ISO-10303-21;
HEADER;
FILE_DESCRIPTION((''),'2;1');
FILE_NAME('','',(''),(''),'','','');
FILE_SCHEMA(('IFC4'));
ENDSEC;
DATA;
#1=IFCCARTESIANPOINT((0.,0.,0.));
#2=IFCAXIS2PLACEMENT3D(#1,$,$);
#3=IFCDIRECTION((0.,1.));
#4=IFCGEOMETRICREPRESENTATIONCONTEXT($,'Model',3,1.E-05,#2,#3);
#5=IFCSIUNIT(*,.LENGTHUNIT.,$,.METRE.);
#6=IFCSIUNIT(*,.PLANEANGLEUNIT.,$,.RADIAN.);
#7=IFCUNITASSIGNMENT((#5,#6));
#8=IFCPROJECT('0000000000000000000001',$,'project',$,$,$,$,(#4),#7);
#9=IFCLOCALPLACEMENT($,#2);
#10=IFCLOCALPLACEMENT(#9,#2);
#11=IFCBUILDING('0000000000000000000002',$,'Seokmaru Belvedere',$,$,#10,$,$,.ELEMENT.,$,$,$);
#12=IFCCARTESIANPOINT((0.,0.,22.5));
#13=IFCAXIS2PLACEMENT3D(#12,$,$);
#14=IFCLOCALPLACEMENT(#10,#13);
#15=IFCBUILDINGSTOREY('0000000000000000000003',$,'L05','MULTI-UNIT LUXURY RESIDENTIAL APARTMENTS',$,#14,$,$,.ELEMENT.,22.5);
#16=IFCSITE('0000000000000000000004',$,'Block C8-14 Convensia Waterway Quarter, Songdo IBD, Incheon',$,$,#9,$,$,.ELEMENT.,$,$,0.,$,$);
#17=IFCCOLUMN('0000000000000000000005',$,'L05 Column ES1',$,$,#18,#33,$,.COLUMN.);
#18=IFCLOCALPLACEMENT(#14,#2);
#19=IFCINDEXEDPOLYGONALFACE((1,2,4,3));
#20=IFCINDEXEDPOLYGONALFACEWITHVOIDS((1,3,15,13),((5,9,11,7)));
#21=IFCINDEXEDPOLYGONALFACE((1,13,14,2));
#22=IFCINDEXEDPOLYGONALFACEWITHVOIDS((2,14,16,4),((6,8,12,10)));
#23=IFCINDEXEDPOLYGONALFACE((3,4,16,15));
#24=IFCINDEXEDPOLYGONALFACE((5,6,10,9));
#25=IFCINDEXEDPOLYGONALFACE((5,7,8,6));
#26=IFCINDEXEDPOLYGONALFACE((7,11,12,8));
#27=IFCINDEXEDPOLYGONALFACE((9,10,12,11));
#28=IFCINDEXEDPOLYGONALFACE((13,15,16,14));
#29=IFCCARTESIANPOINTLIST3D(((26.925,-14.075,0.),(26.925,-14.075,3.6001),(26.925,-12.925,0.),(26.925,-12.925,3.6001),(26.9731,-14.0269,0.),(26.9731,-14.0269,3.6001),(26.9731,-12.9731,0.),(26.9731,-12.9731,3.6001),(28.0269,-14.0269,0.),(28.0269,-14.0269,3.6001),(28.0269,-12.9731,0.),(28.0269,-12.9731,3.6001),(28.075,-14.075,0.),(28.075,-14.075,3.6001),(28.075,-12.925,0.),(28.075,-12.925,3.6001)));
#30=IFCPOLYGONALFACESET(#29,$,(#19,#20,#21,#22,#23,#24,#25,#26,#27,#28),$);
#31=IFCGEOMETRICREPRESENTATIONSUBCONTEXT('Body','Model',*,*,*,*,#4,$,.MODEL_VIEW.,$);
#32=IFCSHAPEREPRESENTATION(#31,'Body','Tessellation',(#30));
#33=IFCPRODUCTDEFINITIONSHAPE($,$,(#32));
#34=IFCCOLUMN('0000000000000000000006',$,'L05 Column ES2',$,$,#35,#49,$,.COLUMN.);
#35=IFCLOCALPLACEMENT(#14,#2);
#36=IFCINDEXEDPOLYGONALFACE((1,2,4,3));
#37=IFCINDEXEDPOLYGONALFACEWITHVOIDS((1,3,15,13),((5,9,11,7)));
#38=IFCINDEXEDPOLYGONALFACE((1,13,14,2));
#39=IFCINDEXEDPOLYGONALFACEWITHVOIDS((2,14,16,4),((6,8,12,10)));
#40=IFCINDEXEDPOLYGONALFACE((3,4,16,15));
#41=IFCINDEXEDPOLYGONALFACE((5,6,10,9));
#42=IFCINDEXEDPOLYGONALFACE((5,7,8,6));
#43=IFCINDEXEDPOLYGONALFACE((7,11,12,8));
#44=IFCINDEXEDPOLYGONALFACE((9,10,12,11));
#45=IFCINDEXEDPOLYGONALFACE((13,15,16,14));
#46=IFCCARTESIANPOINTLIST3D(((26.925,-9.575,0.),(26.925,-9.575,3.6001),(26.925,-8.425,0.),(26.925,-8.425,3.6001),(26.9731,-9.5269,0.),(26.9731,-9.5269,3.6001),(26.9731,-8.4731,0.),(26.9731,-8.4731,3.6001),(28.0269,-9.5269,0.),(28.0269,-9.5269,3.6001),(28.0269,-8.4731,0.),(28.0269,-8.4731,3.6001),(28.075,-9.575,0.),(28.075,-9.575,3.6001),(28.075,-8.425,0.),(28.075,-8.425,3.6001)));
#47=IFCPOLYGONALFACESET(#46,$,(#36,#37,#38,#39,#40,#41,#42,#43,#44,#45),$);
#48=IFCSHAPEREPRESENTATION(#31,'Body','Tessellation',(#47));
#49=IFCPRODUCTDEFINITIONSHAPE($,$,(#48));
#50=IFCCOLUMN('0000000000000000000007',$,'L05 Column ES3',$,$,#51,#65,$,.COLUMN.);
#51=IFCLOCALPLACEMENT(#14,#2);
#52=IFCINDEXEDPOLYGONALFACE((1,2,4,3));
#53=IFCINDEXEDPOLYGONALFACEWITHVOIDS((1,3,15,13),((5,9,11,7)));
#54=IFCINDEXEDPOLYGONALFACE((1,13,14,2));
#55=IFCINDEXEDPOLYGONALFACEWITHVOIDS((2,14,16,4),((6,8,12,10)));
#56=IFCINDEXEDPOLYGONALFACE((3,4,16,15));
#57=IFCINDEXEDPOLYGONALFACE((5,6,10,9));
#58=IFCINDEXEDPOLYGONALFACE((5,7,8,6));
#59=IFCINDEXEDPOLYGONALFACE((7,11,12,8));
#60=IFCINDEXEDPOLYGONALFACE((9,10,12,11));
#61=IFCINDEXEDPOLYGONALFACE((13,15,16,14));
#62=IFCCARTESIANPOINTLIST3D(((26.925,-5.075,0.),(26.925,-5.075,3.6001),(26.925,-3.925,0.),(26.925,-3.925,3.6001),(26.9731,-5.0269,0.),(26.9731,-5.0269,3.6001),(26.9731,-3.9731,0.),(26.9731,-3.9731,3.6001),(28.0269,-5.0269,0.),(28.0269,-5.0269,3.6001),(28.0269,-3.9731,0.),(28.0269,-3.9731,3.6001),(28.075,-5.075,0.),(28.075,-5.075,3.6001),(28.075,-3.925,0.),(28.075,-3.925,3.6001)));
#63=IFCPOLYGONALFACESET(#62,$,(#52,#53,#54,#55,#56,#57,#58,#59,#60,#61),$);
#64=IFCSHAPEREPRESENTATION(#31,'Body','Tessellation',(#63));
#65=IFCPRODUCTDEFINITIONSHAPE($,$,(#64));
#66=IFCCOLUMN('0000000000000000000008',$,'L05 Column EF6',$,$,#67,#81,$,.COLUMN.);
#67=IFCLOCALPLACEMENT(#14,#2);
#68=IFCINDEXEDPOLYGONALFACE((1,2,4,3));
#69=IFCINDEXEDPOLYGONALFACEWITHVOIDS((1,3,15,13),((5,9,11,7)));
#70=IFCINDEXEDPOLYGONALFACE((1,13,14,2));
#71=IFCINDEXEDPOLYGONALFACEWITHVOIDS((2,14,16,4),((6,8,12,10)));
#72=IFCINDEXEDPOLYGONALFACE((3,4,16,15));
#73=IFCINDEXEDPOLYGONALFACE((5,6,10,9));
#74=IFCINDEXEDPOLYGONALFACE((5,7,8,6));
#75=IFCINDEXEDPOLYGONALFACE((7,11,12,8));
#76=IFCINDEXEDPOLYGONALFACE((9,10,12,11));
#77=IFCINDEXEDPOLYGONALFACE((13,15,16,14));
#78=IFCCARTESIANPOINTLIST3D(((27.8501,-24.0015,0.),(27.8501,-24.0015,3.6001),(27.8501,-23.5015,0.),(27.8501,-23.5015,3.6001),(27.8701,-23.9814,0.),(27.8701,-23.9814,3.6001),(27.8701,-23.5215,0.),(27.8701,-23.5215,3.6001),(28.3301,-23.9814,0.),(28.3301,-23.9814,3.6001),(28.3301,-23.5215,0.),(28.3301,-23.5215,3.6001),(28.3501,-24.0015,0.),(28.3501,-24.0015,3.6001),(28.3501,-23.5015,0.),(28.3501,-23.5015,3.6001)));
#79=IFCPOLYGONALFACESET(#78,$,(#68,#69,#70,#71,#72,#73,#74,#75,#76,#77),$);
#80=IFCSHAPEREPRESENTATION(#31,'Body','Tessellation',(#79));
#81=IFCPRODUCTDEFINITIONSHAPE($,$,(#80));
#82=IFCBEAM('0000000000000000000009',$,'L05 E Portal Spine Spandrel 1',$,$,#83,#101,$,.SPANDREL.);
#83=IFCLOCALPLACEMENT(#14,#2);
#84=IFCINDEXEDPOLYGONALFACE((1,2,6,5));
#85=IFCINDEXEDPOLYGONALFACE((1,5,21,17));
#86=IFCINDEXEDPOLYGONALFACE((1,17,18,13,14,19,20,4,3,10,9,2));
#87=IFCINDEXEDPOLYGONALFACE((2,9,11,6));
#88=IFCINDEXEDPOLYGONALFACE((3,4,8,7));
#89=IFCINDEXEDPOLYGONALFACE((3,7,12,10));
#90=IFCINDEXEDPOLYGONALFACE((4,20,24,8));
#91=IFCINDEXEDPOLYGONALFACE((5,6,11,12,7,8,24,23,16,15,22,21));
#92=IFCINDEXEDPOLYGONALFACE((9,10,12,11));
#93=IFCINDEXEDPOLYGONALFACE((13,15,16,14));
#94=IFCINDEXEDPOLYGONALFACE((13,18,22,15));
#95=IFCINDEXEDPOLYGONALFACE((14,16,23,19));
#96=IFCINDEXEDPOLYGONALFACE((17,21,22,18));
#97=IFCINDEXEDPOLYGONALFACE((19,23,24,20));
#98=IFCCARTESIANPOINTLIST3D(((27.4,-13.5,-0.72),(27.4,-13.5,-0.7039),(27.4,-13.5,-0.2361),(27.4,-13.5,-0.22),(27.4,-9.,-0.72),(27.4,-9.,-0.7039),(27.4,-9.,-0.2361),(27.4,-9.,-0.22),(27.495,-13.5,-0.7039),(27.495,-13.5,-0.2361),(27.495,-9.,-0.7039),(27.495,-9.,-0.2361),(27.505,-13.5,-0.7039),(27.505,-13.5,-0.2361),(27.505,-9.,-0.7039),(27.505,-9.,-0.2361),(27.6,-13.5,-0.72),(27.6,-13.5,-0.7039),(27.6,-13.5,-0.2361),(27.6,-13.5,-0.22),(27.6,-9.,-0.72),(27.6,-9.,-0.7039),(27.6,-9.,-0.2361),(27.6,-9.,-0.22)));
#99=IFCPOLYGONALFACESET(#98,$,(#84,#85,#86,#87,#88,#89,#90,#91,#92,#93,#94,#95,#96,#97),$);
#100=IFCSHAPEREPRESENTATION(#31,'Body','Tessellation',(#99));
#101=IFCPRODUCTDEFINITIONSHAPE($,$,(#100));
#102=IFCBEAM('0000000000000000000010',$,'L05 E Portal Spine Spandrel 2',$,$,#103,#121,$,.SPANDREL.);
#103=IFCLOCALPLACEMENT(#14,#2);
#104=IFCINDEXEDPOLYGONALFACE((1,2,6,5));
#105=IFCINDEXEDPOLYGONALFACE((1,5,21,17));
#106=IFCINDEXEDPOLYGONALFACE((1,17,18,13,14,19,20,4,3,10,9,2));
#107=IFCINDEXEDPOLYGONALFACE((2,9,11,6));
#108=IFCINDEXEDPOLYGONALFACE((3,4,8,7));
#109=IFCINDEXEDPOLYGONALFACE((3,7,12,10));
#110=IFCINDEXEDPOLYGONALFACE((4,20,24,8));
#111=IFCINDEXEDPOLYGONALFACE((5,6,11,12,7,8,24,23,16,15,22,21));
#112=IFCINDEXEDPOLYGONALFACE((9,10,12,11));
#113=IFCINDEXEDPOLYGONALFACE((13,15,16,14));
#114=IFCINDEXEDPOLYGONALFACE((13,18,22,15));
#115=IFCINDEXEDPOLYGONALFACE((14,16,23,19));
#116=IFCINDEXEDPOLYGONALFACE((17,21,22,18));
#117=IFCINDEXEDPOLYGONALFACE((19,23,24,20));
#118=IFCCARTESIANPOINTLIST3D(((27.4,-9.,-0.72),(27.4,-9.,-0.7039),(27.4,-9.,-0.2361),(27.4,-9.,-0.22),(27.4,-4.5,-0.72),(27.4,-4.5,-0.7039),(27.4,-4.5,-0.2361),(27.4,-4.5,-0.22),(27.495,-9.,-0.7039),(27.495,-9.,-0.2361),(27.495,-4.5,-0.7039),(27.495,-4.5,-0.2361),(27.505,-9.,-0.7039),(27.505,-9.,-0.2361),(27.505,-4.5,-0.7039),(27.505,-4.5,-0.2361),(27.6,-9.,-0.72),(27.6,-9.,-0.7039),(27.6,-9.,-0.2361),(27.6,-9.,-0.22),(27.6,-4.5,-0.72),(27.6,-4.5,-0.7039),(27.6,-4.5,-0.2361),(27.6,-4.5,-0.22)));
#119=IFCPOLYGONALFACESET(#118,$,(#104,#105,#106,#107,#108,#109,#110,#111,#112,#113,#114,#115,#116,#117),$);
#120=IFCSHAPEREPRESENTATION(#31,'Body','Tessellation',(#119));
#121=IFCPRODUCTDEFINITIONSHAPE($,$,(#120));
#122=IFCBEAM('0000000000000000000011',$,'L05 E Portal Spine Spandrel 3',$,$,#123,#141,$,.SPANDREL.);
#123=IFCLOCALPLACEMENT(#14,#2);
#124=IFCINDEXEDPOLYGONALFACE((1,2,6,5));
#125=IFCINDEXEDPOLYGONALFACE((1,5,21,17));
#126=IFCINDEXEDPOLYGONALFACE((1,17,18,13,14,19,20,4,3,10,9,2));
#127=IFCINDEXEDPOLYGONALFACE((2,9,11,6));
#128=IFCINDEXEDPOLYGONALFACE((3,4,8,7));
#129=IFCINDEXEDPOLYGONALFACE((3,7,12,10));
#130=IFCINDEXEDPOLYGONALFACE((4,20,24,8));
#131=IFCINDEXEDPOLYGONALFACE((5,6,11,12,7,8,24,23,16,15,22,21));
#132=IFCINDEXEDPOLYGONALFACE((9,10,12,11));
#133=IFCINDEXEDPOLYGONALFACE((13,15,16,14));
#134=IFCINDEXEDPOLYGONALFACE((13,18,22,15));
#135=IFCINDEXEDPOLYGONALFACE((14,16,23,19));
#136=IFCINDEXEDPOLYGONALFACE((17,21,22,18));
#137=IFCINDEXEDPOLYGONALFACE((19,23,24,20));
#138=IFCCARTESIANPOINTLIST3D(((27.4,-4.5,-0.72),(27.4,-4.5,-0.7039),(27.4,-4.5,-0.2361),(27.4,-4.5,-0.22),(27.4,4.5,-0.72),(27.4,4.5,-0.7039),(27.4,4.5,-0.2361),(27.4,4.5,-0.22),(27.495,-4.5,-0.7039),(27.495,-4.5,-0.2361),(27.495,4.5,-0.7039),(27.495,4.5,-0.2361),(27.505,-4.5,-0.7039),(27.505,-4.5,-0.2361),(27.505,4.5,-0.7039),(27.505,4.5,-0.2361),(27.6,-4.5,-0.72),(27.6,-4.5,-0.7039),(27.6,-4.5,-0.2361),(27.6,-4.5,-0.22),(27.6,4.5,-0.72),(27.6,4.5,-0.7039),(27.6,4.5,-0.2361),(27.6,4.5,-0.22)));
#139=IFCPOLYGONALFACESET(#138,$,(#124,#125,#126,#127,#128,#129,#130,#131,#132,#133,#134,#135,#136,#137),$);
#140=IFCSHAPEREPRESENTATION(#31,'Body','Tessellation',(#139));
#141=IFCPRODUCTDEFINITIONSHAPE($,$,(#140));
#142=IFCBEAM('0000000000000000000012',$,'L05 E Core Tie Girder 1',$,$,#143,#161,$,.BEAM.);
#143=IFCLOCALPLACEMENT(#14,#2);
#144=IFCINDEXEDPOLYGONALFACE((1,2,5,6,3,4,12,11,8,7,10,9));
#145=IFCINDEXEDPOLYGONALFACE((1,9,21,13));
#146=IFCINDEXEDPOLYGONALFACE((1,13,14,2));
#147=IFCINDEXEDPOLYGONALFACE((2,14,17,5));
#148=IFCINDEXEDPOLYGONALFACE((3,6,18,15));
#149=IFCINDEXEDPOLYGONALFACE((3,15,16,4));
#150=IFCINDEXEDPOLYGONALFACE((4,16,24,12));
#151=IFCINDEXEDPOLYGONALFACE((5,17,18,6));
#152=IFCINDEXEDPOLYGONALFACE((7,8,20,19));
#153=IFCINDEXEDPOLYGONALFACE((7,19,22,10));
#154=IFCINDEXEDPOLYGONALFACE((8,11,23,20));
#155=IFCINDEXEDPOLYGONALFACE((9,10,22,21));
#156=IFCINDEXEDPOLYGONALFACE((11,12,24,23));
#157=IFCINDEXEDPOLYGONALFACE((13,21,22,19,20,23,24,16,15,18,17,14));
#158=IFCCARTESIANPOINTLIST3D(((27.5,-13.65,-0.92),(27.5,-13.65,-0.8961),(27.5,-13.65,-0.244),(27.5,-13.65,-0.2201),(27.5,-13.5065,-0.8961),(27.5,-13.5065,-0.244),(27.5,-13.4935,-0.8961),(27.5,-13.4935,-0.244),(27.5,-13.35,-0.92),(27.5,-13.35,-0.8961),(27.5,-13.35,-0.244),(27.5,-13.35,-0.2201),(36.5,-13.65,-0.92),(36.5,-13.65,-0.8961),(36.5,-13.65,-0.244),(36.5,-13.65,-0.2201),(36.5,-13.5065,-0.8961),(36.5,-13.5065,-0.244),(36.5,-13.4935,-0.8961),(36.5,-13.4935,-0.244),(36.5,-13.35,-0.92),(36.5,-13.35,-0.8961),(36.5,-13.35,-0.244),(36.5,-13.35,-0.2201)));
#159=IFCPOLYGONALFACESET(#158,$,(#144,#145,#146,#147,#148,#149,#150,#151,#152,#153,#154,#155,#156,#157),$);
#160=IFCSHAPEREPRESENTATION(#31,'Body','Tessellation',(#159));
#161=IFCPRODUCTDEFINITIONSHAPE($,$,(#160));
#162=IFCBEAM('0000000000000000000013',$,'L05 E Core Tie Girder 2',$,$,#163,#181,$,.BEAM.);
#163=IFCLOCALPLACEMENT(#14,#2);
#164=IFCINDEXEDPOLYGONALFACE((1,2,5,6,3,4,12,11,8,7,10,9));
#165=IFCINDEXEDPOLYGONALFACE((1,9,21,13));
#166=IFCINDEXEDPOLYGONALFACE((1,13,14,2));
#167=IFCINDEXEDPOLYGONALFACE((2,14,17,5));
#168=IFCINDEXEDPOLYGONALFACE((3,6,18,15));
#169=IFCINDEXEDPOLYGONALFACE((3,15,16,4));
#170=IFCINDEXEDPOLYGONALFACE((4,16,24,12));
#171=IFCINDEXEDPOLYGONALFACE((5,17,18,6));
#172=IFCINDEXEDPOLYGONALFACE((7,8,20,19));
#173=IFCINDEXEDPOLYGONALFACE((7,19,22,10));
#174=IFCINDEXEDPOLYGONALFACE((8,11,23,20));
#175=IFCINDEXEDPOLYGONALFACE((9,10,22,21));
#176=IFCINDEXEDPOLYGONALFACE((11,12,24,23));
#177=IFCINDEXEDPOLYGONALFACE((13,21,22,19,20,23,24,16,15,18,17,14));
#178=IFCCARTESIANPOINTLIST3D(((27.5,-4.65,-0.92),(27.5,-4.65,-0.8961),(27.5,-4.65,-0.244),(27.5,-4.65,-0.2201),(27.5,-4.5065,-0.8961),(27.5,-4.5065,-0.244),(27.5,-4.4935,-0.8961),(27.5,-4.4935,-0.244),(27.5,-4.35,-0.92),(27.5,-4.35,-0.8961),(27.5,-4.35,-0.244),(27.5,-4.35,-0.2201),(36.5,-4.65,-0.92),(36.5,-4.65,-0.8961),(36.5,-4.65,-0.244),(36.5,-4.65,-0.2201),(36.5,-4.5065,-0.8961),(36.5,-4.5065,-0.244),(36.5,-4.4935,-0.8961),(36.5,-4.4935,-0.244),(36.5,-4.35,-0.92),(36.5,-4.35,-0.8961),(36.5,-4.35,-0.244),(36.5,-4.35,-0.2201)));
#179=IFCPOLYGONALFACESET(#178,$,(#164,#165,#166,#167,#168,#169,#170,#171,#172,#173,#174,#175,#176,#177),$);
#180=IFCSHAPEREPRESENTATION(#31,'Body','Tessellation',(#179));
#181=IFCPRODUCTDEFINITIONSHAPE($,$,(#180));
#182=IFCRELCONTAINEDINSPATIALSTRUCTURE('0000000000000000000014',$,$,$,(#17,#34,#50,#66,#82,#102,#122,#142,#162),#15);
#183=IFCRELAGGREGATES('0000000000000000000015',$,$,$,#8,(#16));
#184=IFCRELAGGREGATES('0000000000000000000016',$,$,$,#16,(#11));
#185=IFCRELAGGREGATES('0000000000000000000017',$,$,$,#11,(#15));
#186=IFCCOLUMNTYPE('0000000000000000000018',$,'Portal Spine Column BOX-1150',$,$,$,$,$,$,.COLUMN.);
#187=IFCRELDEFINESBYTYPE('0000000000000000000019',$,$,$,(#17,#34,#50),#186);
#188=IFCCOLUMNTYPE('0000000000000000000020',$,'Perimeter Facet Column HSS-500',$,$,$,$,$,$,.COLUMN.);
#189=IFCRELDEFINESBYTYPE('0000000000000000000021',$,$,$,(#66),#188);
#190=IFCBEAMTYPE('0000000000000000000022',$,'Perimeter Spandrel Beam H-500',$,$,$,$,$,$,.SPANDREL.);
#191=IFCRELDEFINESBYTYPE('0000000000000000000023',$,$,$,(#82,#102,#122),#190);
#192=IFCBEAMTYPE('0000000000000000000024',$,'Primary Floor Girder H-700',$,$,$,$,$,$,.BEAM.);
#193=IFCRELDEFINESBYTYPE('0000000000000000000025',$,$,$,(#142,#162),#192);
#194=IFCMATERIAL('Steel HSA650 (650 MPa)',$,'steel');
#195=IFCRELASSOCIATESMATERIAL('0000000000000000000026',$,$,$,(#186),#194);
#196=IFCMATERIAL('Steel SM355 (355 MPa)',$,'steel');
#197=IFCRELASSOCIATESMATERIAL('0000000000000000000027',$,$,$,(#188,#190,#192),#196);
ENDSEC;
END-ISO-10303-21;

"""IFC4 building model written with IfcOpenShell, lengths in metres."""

from ifc_helpers import new_model, si_unit, direction, frame, origin, origin_2d, place, context, subcontext, project, spatial, hollow_rectangle, i_section, extrude, source, transform, mapped, material, material_profile, profile_set, type_object, type_shapes, element, save


model = new_model("IFC4")

# Units and contexts
model_context = context("Model", 3, precision=1e-05, world=origin(), true_north=direction((0.0, 1.0)))
body_context = subcontext(model_context, "Body", "Model", "MODEL_VIEW")
ifc_project = project(units=[si_unit("LENGTHUNIT", "METRE"), si_unit("PLANEANGLEUNIT", "RADIAN")], contexts=[model_context])

# Site, building, storey
site_placement = place(None, origin())
site = spatial("IfcSite", under=ifc_project, at=site_placement, Name="Block C8-14 Convensia Waterway Quarter, Songdo IBD, Incheon", CompositionType="ELEMENT", RefElevation=0.0)
building_placement = place(site_placement, origin())
building = spatial("IfcBuilding", under=site, at=building_placement, Name="Seokmaru Belvedere", CompositionType="ELEMENT")
storey_placement = place(building_placement, frame((0.0, 0.0, 22.5)))
storey = spatial("IfcBuildingStorey", under=building, at=storey_placement, Name="L05", Description="MULTI-UNIT LUXURY RESIDENTIAL APARTMENTS", CompositionType="ELEMENT", Elevation=22.5)

# Columns
ifc_material_1 = material(Name="Steel HSA650 (650 MPa)", Category="steel")
ifc_material_profile_1 = material_profile(ifc_material_1, hollow_rectangle(XDim=1.1499, YDim=1.1499, WallThickness=0.0481, at=origin_2d()), Name="BOX-1150x1150x48")
ifc_profile_set_1 = profile_set([ifc_material_profile_1], Name="Steel HSA650 (650 MPa)")
column_type_1 = type_object("IfcColumnType", Name="Portal Spine Column BOX-1150", PredefinedType="COLUMN", material=ifc_profile_set_1)
shared_shape_1 = source(origin(), body_context, "Body", "SweptSolid", [
    extrude(hollow_rectangle(XDim=1.1499, YDim=1.1499, WallThickness=0.0481, at=origin_2d()), origin(), (0.0, 0.0, 1.0), 3.6001),
])
type_shapes(column_type_1, [shared_shape_1])
for number, where, z_axis, x_axis, name in (
    (1, (27.5, -13.5, 0.0), (0.0, 0.0, 1.0), (1.0, 0.0, 0.0), "L05 Column ES1"),
    (2, (27.5, -9.0, 0.0), (0.0, 0.0, 1.0), (1.0, 0.0, 0.0), "L05 Column ES2"),
    (3, (27.5, -4.5, 0.0), (0.0, 0.0, 1.0), (1.0, 0.0, 0.0), "L05 Column ES3"),
):
    element("IfcColumn", number, at=place(storey_placement, frame(where, z_axis=z_axis, x_axis=x_axis)), inside=storey, type_object=column_type_1, Name=name, PredefinedType="COLUMN", context=body_context, shape_type="MappedRepresentation", body=[
        mapped(shared_shape_1, transform((0.0, 0.0, 0.0), scale=1.0)),
    ])
ifc_material_2 = material(Name="Steel SM355 (355 MPa)", Category="steel")
ifc_material_profile_2 = material_profile(ifc_material_2, hollow_rectangle(XDim=0.5, YDim=0.5, WallThickness=0.02, at=origin_2d()), Name="HSS-500x500x20")
ifc_profile_set_2 = profile_set([ifc_material_profile_2], Name="Steel SM355 (355 MPa)")
column_type_2 = type_object("IfcColumnType", Name="Perimeter Facet Column HSS-500", PredefinedType="COLUMN", material=ifc_profile_set_2)
shared_shape_2 = source(origin(), body_context, "Body", "SweptSolid", [
    extrude(hollow_rectangle(XDim=0.5, YDim=0.5, WallThickness=0.02, at=origin_2d()), origin(), (0.0, 0.0, 1.0), 3.6001),
])
type_shapes(column_type_2, [shared_shape_2])
column_placement = place(storey_placement, frame((28.1001, -23.7515, 0.0), z_axis=(0.0, 0.0, 1.0), x_axis=(1.0, 0.0, 0.0)))
element("IfcColumn", 4, at=column_placement, inside=storey, type_object=column_type_2, Name="L05 Column EF6", PredefinedType="COLUMN", context=body_context, shape_type="MappedRepresentation", body=[
    mapped(shared_shape_2, transform((0.0, 0.0, 0.0), scale=1.0)),
])

# Beams
ifc_material_profile_3 = material_profile(ifc_material_2, i_section(OverallWidth=0.2, OverallDepth=0.5, WebThickness=0.01, FlangeThickness=0.0161, at=origin_2d()), Name="H-500x200x10x16")
ifc_profile_set_3 = profile_set([ifc_material_profile_3], Name="Steel SM355 (355 MPa)")
beam_type_1 = type_object("IfcBeamType", Name="Perimeter Spandrel Beam H-500", PredefinedType="SPANDREL", material=ifc_profile_set_3)
shared_shape_3 = source(origin(), body_context, "Body", "SweptSolid", [
    extrude(i_section(OverallWidth=0.2, OverallDepth=0.5, WebThickness=0.01, FlangeThickness=0.0161, at=origin_2d()), origin(), (0.0, 0.0, 1.0), 4.5),
])
for number, where, z_axis, x_axis, name in (
    (5, (27.5, -13.5, -0.47), (0.0, 1.0, 0.0), (-1.0, 0.0, 0.0), "L05 E Portal Spine Spandrel 1"),
    (6, (27.5, -9.0, -0.47), (0.0, 1.0, 0.0), (-1.0, 0.0, 0.0), "L05 E Portal Spine Spandrel 2"),
):
    element("IfcBeam", number, at=place(storey_placement, frame(where, z_axis=z_axis, x_axis=x_axis)), inside=storey, type_object=beam_type_1, Name=name, PredefinedType="SPANDREL", context=body_context, shape_type="MappedRepresentation", body=[
        mapped(shared_shape_3, transform((0.0, 0.0, 0.0), scale=1.0)),
    ])
shared_shape_4 = source(origin(), body_context, "Body", "SweptSolid", [
    extrude(i_section(OverallWidth=0.2, OverallDepth=0.5, WebThickness=0.01, FlangeThickness=0.0161, at=origin_2d()), origin(), (0.0, 0.0, 1.0), 9.0),
])
beam_1_placement = place(storey_placement, frame((27.5, -4.5, -0.47), z_axis=(0.0, 1.0, 0.0), x_axis=(-1.0, 0.0, 0.0)))
element("IfcBeam", 7, at=beam_1_placement, inside=storey, type_object=beam_type_1, Name="L05 E Portal Spine Spandrel 3", PredefinedType="SPANDREL", context=body_context, shape_type="MappedRepresentation", body=[
    mapped(shared_shape_4, transform((0.0, 0.0, 0.0), scale=1.0)),
])
ifc_material_profile_4 = material_profile(ifc_material_2, i_section(OverallWidth=0.3, OverallDepth=0.7, WebThickness=0.0129, FlangeThickness=0.0239, at=origin_2d()), Name="H-700x300x13x24")
ifc_profile_set_4 = profile_set([ifc_material_profile_4], Name="Steel SM355 (355 MPa)")
beam_type_2 = type_object("IfcBeamType", Name="Primary Floor Girder H-700", PredefinedType="BEAM", material=ifc_profile_set_4)
shared_shape_5 = source(origin(), body_context, "Body", "SweptSolid", [
    extrude(i_section(OverallWidth=0.3, OverallDepth=0.7, WebThickness=0.0129, FlangeThickness=0.0239, at=origin_2d()), origin(), (0.0, 0.0, 1.0), 9.0),
])
type_shapes(beam_type_2, [shared_shape_5])
for number, where, z_axis, x_axis, name in (
    (8, (27.5, -13.5, -0.5701), (1.0, 0.0, 0.0), (0.0, 1.0, 0.0), "L05 E Core Tie Girder 1"),
    (9, (27.5, -4.5, -0.5701), (1.0, 0.0, 0.0), (0.0, 1.0, 0.0), "L05 E Core Tie Girder 2"),
):
    element("IfcBeam", number, at=place(storey_placement, frame(where, z_axis=z_axis, x_axis=x_axis)), inside=storey, type_object=beam_type_2, Name=name, PredefinedType="BEAM", context=body_context, shape_type="MappedRepresentation", body=[
        mapped(shared_shape_5, transform((0.0, 0.0, 0.0), scale=1.0)),
    ])

save(model, "model.ifc")
